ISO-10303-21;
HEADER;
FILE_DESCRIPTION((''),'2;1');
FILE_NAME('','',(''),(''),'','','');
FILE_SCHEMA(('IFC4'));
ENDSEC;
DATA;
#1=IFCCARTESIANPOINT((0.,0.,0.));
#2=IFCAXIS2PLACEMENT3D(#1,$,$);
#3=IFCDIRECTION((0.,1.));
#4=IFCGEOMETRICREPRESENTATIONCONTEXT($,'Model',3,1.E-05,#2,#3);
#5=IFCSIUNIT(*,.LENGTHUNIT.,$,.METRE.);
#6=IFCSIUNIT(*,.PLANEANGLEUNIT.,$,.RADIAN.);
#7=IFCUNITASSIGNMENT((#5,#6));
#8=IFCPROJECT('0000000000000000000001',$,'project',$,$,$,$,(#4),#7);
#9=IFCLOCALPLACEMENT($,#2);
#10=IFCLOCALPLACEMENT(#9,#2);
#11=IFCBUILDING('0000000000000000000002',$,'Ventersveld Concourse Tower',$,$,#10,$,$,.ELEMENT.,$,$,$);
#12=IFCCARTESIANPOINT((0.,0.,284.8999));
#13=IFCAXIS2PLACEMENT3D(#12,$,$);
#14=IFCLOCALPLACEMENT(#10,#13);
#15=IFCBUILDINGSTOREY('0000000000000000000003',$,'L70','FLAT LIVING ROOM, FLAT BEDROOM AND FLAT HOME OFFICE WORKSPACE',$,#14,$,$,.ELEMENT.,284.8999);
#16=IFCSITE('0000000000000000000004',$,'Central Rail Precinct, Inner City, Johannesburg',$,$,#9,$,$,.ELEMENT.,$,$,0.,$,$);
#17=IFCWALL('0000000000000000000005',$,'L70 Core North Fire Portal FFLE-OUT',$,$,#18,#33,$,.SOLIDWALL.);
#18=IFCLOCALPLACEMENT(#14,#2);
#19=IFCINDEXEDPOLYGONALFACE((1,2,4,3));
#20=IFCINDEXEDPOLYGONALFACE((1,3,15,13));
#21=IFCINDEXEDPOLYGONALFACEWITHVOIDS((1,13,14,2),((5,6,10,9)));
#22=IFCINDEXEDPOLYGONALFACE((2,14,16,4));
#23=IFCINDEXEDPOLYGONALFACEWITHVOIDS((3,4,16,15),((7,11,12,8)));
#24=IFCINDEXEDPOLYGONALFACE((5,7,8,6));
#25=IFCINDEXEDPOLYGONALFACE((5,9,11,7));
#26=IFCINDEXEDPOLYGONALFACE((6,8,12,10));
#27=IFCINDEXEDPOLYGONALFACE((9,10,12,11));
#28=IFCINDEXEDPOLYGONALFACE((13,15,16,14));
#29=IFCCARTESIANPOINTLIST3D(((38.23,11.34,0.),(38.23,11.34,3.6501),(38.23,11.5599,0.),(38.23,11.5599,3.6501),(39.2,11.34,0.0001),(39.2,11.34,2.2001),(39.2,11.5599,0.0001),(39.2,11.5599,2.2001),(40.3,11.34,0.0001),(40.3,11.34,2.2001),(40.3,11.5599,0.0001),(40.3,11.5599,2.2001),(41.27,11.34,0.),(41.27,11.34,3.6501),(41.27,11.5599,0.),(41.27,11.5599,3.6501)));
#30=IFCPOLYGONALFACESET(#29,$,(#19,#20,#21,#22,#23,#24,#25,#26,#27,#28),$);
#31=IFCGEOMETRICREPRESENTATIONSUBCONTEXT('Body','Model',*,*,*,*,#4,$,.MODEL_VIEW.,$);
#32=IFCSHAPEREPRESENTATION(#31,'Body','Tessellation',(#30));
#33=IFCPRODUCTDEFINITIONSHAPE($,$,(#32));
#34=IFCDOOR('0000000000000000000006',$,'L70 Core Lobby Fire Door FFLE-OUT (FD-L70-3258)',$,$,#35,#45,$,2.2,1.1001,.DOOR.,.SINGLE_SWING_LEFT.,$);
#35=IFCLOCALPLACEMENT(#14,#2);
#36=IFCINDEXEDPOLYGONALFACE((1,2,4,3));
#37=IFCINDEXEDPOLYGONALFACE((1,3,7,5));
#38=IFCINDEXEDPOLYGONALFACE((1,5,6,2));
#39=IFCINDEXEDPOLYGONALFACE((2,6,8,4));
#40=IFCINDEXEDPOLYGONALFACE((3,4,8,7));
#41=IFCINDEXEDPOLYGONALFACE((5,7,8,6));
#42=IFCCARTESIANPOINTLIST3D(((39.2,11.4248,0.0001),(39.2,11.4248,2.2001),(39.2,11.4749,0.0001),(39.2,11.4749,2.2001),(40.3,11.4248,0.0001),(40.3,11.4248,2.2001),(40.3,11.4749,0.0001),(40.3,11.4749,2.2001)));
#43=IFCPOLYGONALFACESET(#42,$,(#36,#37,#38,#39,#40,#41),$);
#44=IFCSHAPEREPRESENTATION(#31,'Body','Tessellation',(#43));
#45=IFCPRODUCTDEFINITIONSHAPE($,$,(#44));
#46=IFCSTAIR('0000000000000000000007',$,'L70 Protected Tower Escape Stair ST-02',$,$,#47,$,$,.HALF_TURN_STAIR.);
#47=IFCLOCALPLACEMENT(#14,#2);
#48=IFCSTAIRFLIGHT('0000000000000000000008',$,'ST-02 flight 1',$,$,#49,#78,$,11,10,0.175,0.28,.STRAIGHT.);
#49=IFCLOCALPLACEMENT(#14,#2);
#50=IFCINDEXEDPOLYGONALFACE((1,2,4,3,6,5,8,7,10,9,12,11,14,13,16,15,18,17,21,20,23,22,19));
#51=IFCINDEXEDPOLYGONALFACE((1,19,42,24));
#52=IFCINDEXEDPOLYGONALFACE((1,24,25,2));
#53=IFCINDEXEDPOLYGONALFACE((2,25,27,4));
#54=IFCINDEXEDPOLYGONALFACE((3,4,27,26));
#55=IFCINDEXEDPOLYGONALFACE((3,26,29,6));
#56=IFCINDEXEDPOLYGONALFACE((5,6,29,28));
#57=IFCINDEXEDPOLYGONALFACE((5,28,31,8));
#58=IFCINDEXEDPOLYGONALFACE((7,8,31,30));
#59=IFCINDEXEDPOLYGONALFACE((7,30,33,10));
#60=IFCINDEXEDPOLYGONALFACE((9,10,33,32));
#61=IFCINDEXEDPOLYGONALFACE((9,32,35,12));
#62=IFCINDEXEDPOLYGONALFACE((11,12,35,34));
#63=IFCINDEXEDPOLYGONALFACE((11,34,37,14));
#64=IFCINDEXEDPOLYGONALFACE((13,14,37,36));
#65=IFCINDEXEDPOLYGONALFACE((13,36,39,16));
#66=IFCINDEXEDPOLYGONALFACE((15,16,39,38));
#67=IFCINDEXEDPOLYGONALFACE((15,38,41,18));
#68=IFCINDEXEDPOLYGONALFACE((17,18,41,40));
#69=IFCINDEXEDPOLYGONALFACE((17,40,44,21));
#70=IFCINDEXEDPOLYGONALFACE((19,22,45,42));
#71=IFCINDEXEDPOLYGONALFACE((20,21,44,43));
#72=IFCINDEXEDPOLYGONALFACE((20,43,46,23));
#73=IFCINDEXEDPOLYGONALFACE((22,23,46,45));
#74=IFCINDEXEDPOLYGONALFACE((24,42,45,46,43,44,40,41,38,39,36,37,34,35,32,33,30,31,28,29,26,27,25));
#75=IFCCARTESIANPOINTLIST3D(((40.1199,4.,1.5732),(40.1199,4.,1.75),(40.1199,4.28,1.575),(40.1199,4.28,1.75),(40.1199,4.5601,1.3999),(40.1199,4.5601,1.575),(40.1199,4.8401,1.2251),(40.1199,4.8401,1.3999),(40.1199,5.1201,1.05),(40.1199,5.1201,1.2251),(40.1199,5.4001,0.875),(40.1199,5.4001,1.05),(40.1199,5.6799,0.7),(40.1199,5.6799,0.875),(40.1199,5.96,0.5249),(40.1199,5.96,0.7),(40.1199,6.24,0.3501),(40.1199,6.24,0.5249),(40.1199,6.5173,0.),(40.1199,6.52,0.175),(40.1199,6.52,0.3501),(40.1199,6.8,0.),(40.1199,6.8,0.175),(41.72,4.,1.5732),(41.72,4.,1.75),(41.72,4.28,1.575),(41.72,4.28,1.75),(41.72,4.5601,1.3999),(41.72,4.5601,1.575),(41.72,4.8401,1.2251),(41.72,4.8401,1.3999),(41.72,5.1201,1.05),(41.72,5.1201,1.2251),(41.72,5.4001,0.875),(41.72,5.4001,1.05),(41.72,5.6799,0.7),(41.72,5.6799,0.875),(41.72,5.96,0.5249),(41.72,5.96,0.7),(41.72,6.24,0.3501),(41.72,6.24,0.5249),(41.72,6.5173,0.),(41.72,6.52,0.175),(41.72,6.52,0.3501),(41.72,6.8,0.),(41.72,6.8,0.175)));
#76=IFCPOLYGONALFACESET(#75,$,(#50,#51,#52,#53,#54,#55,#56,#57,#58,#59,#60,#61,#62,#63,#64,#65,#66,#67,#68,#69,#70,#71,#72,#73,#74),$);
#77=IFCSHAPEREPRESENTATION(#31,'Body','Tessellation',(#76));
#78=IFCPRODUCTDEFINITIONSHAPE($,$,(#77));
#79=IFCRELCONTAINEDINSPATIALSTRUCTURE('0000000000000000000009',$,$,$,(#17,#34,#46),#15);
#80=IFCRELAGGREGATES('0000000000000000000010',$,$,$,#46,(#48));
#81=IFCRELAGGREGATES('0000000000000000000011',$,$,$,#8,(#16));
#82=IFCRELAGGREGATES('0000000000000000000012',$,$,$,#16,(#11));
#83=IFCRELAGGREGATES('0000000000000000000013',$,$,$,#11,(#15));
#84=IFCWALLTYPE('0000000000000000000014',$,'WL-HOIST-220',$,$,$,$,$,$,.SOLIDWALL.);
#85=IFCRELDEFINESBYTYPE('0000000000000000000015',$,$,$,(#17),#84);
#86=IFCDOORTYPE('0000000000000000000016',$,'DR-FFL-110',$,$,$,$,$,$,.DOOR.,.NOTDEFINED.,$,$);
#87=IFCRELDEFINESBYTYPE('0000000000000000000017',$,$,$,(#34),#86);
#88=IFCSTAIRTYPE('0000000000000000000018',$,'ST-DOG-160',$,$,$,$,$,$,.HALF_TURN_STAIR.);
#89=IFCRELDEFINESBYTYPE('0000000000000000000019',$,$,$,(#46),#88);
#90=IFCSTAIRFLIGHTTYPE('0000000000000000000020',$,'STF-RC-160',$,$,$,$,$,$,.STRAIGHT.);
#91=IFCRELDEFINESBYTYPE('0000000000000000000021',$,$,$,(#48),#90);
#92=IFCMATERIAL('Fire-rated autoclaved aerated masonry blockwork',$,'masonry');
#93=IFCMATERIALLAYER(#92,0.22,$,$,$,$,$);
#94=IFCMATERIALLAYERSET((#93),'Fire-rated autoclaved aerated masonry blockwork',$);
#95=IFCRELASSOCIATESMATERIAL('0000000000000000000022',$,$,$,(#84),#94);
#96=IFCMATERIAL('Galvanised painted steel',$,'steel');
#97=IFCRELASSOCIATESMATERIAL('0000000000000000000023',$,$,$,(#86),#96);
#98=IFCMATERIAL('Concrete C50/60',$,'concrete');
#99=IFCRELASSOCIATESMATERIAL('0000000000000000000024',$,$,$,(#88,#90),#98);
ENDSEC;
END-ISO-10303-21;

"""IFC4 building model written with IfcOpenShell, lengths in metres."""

from ifc_helpers import new_model, si_unit, direction, frame, frame_2d, origin, place, context, subcontext, project, spatial, polyline, rectangle, outline, extrude, material, layer, layer_set, type_object, element, fill, aggregate, save


model = new_model("IFC4")

# Units and contexts
model_context = context("Model", 3, precision=1e-05, world=origin(), true_north=direction((0.0, 1.0)))
body_context = subcontext(model_context, "Body", "Model", "MODEL_VIEW")
ifc_project = project(units=[si_unit("LENGTHUNIT", "METRE"), si_unit("PLANEANGLEUNIT", "RADIAN")], contexts=[model_context])

# Site, building, storey
site_placement = place(None, origin())
site = spatial("IfcSite", under=ifc_project, at=site_placement, Name="Central Rail Precinct, Inner City, Johannesburg", CompositionType="ELEMENT", RefElevation=0.0)
building_placement = place(site_placement, origin())
building = spatial("IfcBuilding", under=site, at=building_placement, Name="Ventersveld Concourse Tower", CompositionType="ELEMENT")
storey_placement = place(building_placement, frame((0.0, 0.0, 284.8999)))
storey = spatial("IfcBuildingStorey", under=building, at=storey_placement, Name="L70", Description="FLAT LIVING ROOM, FLAT BEDROOM AND FLAT HOME OFFICE WORKSPACE", CompositionType="ELEMENT", Elevation=284.8999)

# Shared definitions
ifc_material_1 = material(Name="Concrete C50/60", Category="concrete")

# Shared definitions
ifc_material_2 = material(Name="Fire-rated autoclaved aerated masonry blockwork", Category="masonry")
ifc_layer_1 = layer(ifc_material_2, 0.22)
ifc_layer_set_1 = layer_set([ifc_layer_1], Name="Fire-rated autoclaved aerated masonry blockwork")
wall_type_1 = type_object("IfcWallType", Name="WL-HOIST-220", PredefinedType="SOLIDWALL", material=ifc_layer_set_1)

# Wall, opening, door
ifc_material_3 = material(Name="Galvanised painted steel", Category="steel")
door_type_1 = type_object("IfcDoorType", Name="DR-FFL-110", OperationType="NOTDEFINED", PredefinedType="DOOR", material=ifc_material_3)
wall_1_placement = place(storey_placement, frame((38.23, 11.45, 0.0), z_axis=(0.0, 0.0, 1.0), x_axis=(1.0, 0.0, 0.0)))
wall_1 = element("IfcWall", 1, at=wall_1_placement, inside=storey, type_object=wall_type_1, Name="L70 Core North Fire Portal FFLE-OUT", PredefinedType="SOLIDWALL", context=body_context, shape_type="SweptSolid", body=[
    extrude(rectangle(XDim=3.04, YDim=0.22, at=frame_2d((1.52, 0.0))), origin(), (0.0, 0.0, 1.0), 3.6501),
])
opening_1_placement = place(wall_1_placement, frame((0.97, 0.0, 0.0)))
opening_1 = element("IfcOpeningElement", 2, at=opening_1_placement, cuts=wall_1, PredefinedType="OPENING", context=body_context, shape_type="SweptSolid", body=[
    extrude(rectangle(XDim=1.1001, YDim=2.2, at=frame_2d((0.55, 1.1001))), frame((0.0, 0.1201, 0.0), z_axis=(0.0, -1.0, 0.0), x_axis=(1.0, 0.0, 0.0)), (0.0, 0.0, 1.0), 0.24),
])
door_1_placement = place(opening_1_placement, origin())
door_1 = element("IfcDoor", 3, at=door_1_placement, inside=storey, type_object=door_type_1, Name="L70 Core Lobby Fire Door FFLE-OUT (FD-L70-3258)", OperationType="SINGLE_SWING_LEFT", OverallHeight=2.2, OverallWidth=1.1001, PredefinedType="DOOR", context=body_context, shape_type="SweptSolid", body=[
    extrude(rectangle(XDim=1.1001, YDim=2.2, at=frame_2d((0.55, 1.1001))), frame((0.0, 0.0249, 0.0), z_axis=(0.0, -1.0, 0.0), x_axis=(1.0, 0.0, 0.0)), (0.0, 0.0, 1.0), 0.05),
])
fill(opening_1, door_1)

# Stair, stair flight
stair_type = type_object("IfcStairType", Name="ST-DOG-160", PredefinedType="HALF_TURN_STAIR", material=ifc_material_1)
stair_placement = place(storey_placement, origin())
stair = element("IfcStair", 4, at=stair_placement, inside=storey, type_object=stair_type, Name="L70 Protected Tower Escape Stair ST-02", PredefinedType="HALF_TURN_STAIR")
stair_flight_type = type_object("IfcStairFlightType", Name="STF-RC-160", PredefinedType="STRAIGHT", material=ifc_material_1)
stair_flight_placement = place(storey_placement, frame((40.9199, 6.8, 0.0), z_axis=(0.0, 0.0, 1.0), x_axis=(0.0, -1.0, 0.0)))
stair_flight = element("IfcStairFlight", 5, at=stair_flight_placement, type_object=stair_flight_type, Name="ST-02 flight 1", NumberOfRisers=11, NumberOfTreads=10, PredefinedType="STRAIGHT", RiserHeight=0.175, TreadLength=0.28, context=body_context, shape_type="SweptSolid", body=[
    extrude(outline(polyline([(0.0, 0.0), (0.0, 0.175), (0.28, 0.175), (0.28, 0.3501), (0.5601, 0.3501), (0.5601, 0.5249), (0.8401, 0.5249), (0.8401, 0.7), (1.1201, 0.7), (1.1201, 0.875), (1.3999, 0.875), (1.3999, 1.05), (1.6799, 1.05), (1.6799, 1.2251), (1.96, 1.2251), (1.96, 1.3999), (2.24, 1.3999), (2.24, 1.575), (2.52, 1.575), (2.52, 1.75), (2.8, 1.75), (2.8, 1.925), (2.8, 1.5732), (0.2827, 0.0), (0.0, 0.0)])), frame((0.0, 0.8, 0.0), z_axis=(0.0, -1.0, 0.0), x_axis=(1.0, 0.0, 0.0)), (0.0, 0.0, 1.0), 1.6001),
])
aggregate(stair, [stair_flight])

save(model, "model.ifc")
